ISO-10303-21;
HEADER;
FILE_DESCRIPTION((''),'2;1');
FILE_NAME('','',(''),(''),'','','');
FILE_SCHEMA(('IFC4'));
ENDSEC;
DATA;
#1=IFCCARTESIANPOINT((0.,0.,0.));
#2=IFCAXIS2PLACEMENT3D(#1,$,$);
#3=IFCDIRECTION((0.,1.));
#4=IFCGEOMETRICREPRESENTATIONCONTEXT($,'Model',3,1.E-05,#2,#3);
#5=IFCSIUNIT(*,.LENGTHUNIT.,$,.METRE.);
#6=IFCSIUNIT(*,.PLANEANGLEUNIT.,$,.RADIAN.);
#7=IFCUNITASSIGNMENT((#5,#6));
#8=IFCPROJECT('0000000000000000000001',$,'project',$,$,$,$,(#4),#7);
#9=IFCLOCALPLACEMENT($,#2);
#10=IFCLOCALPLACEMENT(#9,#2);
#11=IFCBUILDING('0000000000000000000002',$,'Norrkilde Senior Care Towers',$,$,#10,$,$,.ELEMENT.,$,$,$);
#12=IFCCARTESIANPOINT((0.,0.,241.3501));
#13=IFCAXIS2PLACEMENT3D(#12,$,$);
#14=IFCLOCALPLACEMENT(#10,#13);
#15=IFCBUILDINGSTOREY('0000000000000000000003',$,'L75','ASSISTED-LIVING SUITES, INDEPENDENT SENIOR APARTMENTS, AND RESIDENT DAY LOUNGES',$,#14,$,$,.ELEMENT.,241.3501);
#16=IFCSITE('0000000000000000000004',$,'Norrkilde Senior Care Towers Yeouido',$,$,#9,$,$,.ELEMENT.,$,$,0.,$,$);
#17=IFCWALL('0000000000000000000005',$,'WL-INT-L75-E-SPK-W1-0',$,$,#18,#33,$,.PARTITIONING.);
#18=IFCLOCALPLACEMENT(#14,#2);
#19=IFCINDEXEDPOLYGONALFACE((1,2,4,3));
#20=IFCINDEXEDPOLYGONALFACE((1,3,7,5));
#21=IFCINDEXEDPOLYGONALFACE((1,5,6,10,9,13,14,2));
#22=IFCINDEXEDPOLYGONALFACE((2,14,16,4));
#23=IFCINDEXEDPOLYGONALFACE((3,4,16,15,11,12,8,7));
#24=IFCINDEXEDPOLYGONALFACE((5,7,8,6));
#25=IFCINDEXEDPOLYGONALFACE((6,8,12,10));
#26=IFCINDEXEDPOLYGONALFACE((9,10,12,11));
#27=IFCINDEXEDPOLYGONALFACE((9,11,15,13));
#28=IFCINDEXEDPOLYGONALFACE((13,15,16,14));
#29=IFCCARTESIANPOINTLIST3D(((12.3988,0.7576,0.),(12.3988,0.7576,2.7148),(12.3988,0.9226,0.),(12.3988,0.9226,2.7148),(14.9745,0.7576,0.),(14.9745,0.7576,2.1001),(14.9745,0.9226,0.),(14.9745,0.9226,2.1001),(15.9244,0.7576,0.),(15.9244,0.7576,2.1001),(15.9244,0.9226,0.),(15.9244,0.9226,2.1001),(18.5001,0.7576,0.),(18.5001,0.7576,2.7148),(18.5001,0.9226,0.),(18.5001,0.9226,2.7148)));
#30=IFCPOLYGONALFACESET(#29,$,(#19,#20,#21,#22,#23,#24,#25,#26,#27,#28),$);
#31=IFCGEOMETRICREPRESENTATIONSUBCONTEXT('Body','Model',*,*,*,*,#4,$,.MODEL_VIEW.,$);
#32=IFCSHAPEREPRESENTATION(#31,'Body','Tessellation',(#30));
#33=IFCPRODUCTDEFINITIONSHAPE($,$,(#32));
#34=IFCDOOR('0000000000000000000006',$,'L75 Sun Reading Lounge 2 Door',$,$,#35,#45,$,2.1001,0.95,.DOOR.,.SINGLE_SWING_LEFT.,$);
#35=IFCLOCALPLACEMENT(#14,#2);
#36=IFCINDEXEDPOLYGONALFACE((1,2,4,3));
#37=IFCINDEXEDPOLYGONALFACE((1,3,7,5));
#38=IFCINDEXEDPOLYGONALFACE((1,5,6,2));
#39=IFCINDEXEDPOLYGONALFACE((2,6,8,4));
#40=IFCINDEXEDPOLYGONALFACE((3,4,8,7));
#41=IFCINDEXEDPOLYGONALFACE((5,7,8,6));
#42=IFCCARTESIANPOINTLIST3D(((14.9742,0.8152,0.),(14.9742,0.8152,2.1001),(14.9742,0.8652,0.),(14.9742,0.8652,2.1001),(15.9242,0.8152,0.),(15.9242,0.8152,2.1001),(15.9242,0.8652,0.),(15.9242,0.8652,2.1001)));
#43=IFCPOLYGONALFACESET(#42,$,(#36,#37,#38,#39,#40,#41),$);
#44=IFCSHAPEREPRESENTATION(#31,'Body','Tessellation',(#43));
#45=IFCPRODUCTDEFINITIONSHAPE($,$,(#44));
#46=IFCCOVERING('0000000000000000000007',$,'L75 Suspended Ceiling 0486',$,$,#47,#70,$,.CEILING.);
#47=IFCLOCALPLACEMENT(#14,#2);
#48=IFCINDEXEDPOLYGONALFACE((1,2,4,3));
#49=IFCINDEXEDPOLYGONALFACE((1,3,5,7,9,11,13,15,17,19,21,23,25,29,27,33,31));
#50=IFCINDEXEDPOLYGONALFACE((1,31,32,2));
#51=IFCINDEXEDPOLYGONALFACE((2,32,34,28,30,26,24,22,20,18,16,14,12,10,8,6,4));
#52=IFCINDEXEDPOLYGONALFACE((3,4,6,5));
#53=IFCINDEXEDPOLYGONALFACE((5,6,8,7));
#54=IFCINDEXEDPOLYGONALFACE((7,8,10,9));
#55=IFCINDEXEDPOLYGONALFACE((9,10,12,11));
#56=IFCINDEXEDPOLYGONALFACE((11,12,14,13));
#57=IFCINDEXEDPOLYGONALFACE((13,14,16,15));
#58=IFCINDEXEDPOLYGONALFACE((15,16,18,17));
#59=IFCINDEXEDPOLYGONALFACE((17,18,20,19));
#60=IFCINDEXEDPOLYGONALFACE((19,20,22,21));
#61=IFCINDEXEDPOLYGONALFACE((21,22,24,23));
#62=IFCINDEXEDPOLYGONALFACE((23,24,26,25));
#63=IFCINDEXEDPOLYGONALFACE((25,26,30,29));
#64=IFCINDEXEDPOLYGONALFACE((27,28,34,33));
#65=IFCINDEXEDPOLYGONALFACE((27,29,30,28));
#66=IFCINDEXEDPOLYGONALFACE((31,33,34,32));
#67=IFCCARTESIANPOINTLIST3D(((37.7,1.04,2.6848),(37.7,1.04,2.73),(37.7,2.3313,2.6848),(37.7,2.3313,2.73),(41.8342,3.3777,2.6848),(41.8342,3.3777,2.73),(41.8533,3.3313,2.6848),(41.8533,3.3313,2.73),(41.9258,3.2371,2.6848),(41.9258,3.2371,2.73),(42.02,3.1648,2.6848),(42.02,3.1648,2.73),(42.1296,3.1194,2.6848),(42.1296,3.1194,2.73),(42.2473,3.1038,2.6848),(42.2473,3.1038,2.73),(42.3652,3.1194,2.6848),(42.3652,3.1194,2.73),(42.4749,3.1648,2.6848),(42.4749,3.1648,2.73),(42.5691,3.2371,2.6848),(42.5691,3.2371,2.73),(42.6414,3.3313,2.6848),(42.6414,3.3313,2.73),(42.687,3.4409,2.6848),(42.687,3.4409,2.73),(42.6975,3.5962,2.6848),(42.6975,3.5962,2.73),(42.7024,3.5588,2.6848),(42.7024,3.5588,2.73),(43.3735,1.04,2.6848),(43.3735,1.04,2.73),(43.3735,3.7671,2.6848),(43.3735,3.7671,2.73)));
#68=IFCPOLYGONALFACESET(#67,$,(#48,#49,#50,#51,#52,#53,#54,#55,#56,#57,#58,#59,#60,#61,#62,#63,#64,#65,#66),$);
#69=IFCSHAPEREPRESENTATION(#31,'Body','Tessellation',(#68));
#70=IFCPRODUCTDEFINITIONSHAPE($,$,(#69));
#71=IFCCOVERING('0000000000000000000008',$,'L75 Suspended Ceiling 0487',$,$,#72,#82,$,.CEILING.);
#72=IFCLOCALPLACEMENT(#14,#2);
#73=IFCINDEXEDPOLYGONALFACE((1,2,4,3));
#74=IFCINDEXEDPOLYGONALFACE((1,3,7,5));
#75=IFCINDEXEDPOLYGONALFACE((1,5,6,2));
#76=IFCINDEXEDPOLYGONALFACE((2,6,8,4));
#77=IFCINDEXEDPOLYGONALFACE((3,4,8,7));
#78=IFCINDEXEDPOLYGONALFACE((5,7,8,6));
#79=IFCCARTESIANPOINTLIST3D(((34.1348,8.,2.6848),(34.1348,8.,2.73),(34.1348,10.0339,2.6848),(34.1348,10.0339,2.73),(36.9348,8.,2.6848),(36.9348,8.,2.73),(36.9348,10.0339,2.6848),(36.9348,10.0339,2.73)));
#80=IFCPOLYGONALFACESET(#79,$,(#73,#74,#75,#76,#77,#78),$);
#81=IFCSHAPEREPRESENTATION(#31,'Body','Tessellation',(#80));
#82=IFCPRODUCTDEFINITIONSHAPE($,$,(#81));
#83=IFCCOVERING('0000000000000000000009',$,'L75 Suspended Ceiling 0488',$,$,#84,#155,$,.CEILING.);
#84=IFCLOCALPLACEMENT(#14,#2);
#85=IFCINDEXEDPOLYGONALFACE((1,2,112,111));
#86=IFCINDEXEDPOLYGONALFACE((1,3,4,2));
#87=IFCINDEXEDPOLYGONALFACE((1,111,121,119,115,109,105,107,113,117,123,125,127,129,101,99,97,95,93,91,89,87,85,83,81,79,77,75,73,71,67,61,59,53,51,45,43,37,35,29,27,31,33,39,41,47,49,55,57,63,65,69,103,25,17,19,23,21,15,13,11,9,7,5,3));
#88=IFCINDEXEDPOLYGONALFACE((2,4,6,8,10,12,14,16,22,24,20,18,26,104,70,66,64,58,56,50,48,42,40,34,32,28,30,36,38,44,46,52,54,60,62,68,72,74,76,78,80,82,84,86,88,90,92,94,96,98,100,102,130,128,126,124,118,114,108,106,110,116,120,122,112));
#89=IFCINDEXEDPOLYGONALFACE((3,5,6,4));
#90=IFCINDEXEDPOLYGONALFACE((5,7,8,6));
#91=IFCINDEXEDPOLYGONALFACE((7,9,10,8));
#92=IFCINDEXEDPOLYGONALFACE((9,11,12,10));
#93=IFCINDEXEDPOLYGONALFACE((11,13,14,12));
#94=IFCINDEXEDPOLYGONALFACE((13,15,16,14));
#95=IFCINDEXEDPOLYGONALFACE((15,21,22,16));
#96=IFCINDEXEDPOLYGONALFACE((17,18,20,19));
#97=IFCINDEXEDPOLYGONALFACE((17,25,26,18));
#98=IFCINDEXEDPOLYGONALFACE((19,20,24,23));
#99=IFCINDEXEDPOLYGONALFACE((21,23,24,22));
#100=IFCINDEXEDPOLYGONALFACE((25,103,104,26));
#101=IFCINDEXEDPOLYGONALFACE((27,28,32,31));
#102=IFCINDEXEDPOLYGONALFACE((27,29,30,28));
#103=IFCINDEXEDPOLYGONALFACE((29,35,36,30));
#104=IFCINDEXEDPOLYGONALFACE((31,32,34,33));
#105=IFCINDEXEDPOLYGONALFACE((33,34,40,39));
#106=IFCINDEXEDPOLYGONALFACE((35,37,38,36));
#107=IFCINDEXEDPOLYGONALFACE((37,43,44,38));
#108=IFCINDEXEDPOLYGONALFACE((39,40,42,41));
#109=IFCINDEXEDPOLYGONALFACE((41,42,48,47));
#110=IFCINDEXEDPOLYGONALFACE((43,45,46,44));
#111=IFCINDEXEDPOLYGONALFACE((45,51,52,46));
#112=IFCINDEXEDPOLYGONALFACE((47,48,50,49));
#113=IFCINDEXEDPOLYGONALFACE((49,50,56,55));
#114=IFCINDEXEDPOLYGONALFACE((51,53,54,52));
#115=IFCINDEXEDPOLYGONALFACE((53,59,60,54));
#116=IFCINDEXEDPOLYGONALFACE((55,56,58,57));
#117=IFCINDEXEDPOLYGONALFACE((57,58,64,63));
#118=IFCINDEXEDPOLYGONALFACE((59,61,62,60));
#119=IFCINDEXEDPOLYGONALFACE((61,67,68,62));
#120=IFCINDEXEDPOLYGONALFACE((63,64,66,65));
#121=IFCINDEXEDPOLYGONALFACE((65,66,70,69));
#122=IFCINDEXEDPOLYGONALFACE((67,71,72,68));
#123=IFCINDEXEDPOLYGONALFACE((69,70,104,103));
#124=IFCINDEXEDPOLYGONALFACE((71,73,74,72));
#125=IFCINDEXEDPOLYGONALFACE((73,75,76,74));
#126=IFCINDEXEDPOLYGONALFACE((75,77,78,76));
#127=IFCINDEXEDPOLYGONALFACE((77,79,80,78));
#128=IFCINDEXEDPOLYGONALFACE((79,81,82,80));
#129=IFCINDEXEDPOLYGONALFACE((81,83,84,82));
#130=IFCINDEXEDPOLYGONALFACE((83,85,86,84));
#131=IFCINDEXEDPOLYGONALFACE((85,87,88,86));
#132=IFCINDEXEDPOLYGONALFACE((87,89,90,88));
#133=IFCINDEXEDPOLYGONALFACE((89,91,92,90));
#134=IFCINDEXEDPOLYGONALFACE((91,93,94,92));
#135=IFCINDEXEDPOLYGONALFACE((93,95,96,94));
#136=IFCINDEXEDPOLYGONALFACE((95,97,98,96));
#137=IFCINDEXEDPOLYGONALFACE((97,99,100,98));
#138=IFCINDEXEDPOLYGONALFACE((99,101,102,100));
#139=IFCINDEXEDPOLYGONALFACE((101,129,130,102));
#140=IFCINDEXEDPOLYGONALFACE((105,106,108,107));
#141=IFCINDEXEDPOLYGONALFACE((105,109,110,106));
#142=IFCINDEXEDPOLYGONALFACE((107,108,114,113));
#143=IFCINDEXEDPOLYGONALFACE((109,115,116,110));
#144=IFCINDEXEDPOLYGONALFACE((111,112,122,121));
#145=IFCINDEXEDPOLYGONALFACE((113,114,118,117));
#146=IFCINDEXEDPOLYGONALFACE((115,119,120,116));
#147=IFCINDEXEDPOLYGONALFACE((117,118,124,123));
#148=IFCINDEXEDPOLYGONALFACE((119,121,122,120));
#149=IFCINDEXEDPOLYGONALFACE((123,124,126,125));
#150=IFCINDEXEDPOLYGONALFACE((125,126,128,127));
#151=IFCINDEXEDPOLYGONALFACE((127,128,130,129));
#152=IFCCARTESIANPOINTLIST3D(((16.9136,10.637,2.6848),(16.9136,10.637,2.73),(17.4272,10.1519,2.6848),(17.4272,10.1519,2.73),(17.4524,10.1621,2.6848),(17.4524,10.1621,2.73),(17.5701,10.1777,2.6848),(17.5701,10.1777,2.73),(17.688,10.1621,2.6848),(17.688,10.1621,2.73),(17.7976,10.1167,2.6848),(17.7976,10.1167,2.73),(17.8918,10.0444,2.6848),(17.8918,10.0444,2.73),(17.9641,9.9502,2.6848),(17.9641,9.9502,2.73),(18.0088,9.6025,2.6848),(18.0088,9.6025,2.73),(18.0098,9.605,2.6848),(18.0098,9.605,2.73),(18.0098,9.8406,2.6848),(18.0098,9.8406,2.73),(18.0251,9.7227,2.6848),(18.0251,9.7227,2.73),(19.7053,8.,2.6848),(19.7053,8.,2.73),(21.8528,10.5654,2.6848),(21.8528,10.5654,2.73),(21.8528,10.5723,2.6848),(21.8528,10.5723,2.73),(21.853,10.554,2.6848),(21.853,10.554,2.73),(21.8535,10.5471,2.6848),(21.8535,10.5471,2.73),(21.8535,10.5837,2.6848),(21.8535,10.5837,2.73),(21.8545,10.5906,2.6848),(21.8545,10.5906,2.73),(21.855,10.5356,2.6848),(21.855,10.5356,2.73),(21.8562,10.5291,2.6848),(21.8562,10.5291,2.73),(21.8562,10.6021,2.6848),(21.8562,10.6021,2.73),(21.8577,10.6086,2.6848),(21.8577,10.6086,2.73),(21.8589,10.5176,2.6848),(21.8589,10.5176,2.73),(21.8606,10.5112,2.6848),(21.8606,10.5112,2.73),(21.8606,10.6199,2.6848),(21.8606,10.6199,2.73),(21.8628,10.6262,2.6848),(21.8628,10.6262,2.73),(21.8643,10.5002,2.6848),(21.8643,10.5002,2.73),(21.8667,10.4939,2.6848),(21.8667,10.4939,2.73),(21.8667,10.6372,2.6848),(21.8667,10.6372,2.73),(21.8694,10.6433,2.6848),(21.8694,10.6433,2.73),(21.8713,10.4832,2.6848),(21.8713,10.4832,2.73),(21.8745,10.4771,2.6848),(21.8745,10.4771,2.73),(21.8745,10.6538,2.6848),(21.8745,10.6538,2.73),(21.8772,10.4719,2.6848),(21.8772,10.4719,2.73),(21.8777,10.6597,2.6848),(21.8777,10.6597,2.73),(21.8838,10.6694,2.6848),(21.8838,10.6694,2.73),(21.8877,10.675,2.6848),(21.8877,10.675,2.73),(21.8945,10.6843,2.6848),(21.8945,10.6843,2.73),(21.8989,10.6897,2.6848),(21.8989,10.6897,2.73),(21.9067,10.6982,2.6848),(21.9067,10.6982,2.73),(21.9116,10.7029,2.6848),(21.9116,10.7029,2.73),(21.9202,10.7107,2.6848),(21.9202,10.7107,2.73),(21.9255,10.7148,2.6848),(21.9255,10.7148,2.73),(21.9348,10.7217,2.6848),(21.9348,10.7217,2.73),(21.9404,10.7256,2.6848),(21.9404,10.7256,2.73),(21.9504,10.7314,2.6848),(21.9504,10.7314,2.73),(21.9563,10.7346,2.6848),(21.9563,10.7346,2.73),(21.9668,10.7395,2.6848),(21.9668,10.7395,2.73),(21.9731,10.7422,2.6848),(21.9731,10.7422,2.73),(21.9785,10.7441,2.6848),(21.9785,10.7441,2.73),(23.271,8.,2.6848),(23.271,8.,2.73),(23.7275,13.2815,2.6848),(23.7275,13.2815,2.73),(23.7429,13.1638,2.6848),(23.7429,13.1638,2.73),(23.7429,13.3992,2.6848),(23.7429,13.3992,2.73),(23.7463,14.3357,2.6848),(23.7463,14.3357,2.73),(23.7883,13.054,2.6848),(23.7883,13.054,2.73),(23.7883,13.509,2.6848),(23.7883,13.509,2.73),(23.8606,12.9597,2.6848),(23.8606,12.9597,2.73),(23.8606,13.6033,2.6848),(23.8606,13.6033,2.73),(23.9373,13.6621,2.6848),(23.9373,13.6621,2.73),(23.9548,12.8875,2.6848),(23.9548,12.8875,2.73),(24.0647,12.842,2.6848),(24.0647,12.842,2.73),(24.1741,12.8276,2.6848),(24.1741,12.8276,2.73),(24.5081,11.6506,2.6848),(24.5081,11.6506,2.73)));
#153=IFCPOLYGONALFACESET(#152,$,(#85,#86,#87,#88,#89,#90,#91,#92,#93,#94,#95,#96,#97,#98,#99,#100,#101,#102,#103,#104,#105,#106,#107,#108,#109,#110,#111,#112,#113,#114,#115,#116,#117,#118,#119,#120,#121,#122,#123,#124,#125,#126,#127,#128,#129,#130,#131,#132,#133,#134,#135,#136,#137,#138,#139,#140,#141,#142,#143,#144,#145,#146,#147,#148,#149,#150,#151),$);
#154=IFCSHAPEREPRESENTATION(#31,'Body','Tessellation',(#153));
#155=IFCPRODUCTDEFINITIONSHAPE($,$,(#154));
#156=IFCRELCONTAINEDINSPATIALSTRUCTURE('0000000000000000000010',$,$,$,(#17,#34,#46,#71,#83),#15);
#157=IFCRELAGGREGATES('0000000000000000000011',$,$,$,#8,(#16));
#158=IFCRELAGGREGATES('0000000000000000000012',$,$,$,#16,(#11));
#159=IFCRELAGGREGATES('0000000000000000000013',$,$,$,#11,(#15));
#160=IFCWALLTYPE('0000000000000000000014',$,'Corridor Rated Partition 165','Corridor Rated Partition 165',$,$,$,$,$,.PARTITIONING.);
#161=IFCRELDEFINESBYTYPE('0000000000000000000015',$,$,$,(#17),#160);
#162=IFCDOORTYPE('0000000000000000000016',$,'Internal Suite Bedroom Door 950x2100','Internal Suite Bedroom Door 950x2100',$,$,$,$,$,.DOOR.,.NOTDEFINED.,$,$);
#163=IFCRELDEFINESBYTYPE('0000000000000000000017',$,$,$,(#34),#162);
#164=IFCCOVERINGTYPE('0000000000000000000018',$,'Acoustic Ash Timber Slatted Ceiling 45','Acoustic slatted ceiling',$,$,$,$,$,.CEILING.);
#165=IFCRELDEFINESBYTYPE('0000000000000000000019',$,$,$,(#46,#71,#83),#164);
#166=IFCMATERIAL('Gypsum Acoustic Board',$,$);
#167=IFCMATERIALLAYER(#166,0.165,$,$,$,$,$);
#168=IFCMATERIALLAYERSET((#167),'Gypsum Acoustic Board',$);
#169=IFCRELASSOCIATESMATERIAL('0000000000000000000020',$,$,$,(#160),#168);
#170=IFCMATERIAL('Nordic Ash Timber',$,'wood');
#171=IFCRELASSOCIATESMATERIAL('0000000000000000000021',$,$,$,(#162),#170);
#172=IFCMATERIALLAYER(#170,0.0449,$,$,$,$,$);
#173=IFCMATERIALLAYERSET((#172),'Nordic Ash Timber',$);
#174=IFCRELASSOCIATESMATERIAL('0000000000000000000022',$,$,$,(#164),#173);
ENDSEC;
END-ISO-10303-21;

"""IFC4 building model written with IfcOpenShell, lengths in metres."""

from ifc_helpers import new_model, si_unit, direction, frame, frame_2d, origin, place, context, subcontext, project, spatial, polyline, rectangle, outline, extrude, source, transform, mapped, material, layer, layer_set, type_object, type_shapes, element, fill, save


model = new_model("IFC4")

# Units and contexts
model_context = context("Model", 3, precision=1e-05, world=origin(), true_north=direction((0.0, 1.0)))
body_context = subcontext(model_context, "Body", "Model", "MODEL_VIEW")
ifc_project = project(units=[si_unit("LENGTHUNIT", "METRE"), si_unit("PLANEANGLEUNIT", "RADIAN")], contexts=[model_context])

# Site, building, storey
site_placement = place(None, origin())
site = spatial("IfcSite", under=ifc_project, at=site_placement, Name="Norrkilde Senior Care Towers Yeouido", CompositionType="ELEMENT", RefElevation=0.0)
building_placement = place(site_placement, origin())
building = spatial("IfcBuilding", under=site, at=building_placement, Name="Norrkilde Senior Care Towers", CompositionType="ELEMENT")
storey_placement = place(building_placement, frame((0.0, 0.0, 241.3501)))
storey = spatial("IfcBuildingStorey", under=building, at=storey_placement, Name="L75", Description="ASSISTED-LIVING SUITES, INDEPENDENT SENIOR APARTMENTS, AND RESIDENT DAY LOUNGES", CompositionType="ELEMENT", Elevation=241.3501)

# Wall, opening, door
ifc_material_1 = material(Name="Gypsum Acoustic Board")
ifc_layer_1 = layer(ifc_material_1, 0.165)
ifc_layer_set_1 = layer_set([ifc_layer_1], Name="Gypsum Acoustic Board")
wall_type = type_object("IfcWallType", Name="Corridor Rated Partition 165", Description="Corridor Rated Partition 165", PredefinedType="PARTITIONING", material=ifc_layer_set_1)
shared_shape_1 = source(origin(), body_context, "Body", "SweptSolid", [
    extrude(rectangle(XDim=6.1013, YDim=0.165, at=frame_2d((3.0508, 0.0))), origin(), (0.0, 0.0, 1.0), 2.7148),
])
type_shapes(wall_type, [shared_shape_1])
wall_placement = place(storey_placement, frame((12.3987, 0.8401, 0.0), z_axis=(0.0, 0.0, 1.0), x_axis=(1.0, 0.0, 0.0)))
wall = element("IfcWall", 1, at=wall_placement, inside=storey, type_object=wall_type, Name="WL-INT-L75-E-SPK-W1-0", PredefinedType="PARTITIONING", context=body_context, shape_type="MappedRepresentation", body=[
    mapped(shared_shape_1, transform((0.0, 0.0, 0.0), x_axis=(1.0, 0.0, 0.0), y_axis=(0.0, 1.0, 0.0), z_axis=(0.0, 0.0, 1.0), scale=1.0)),
])
opening_placement = place(wall_placement, frame((2.5757, 0.0, 0.0)))
opening = element("IfcOpeningElement", 2, at=opening_placement, cuts=wall, PredefinedType="OPENING", context=body_context, shape_type="SweptSolid", body=[
    extrude(rectangle(XDim=0.95, YDim=2.1001, at=frame_2d((0.4751, 1.05))), frame((0.0, 0.0925, 0.0), z_axis=(0.0, -1.0, 0.0), x_axis=(1.0, 0.0, 0.0)), (0.0, 0.0, 1.0), 0.1851),
])
ifc_material_2 = material(Name="Nordic Ash Timber", Category="wood")
door_type = type_object("IfcDoorType", Name="Internal Suite Bedroom Door 950x2100", Description="Internal Suite Bedroom Door 950x2100", OperationType="NOTDEFINED", PredefinedType="DOOR", material=ifc_material_2)
shared_shape_2 = source(origin(), body_context, "Body", "SweptSolid", [
    extrude(rectangle(XDim=0.95, YDim=2.1001, at=frame_2d((0.4751, 1.05))), frame((0.0, 0.0249, 0.0), z_axis=(0.0, -1.0, 0.0), x_axis=(1.0, 0.0, 0.0)), (0.0, 0.0, 1.0), 0.05),
])
type_shapes(door_type, [shared_shape_2])
door_placement = place(opening_placement, frame((0.95, 0.0, 0.0), z_axis=(0.0, 0.0, 1.0), x_axis=(-1.0, 0.0, 0.0)))
door = element("IfcDoor", 3, at=door_placement, inside=storey, type_object=door_type, Name="L75 Sun Reading Lounge 2 Door", OperationType="SINGLE_SWING_LEFT", OverallHeight=2.1001, OverallWidth=0.95, PredefinedType="DOOR", context=body_context, shape_type="MappedRepresentation", body=[
    mapped(shared_shape_2, transform((0.0, 0.0, 0.0), x_axis=(1.0, 0.0, 0.0), y_axis=(0.0, 1.0, 0.0), z_axis=(0.0, 0.0, 1.0), scale=1.0)),
])
fill(opening, door)

# Coverings
ifc_layer_2 = layer(ifc_material_2, 0.0449)
ifc_layer_set_2 = layer_set([ifc_layer_2], Name="Nordic Ash Timber")
covering_type_1 = type_object("IfcCoveringType", Name="Acoustic Ash Timber Slatted Ceiling 45", Description="Acoustic slatted ceiling", PredefinedType="CEILING", material=ifc_layer_set_2)
covering_1_placement = place(storey_placement, frame((0.0, 0.0, 2.6848)))
element("IfcCovering", 4, at=covering_1_placement, inside=storey, type_object=covering_type_1, Name="L75 Suspended Ceiling 0486", PredefinedType="CEILING", context=body_context, shape_type="SweptSolid", body=[
    extrude(outline(polyline([(43.3735, 1.04), (37.7, 1.04), (37.7, 2.3313), (41.8342, 3.3777), (41.8533, 3.3313), (41.9258, 3.2371), (42.02, 3.1648), (42.1296, 3.1194), (42.2473, 3.1038), (42.3652, 3.1194), (42.4749, 3.1648), (42.5691, 3.2371), (42.6414, 3.3313), (42.687, 3.4409), (42.7024, 3.5588), (42.6975, 3.5962), (43.3735, 3.7671), (43.3735, 1.04)])), origin(), (0.0, 0.0, 1.0), 0.0452),
])
covering_2_placement = place(storey_placement, frame((0.0, 0.0, 2.6848)))
element("IfcCovering", 5, at=covering_2_placement, inside=storey, type_object=covering_type_1, Name="L75 Suspended Ceiling 0487", PredefinedType="CEILING", context=body_context, shape_type="SweptSolid", body=[
    extrude(outline(polyline([(34.1348, 10.0339), (36.9348, 10.0339), (36.9348, 8.0), (34.1348, 8.0), (34.1348, 10.0339)])), origin(), (0.0, 0.0, 1.0), 0.0452),
])
covering_3_placement = place(storey_placement, frame((0.0, 0.0, 2.6848)))
element("IfcCovering", 6, at=covering_3_placement, inside=storey, type_object=covering_type_1, Name="L75 Suspended Ceiling 0488", PredefinedType="CEILING", context=body_context, shape_type="SweptSolid", body=[
    extrude(outline(polyline([(21.9404, 10.7256), (21.9348, 10.7217), (21.9255, 10.7148), (21.9202, 10.7107), (21.9116, 10.7029), (21.9067, 10.6982), (21.8989, 10.6897), (21.8945, 10.6843), (21.8877, 10.675), (21.8838, 10.6694), (21.8777, 10.6597), (21.8745, 10.6538), (21.8694, 10.6433), (21.8667, 10.6372), (21.8628, 10.6262), (21.8606, 10.6199), (21.8577, 10.6086), (21.8562, 10.6021), (21.8545, 10.5906), (21.8535, 10.5837), (21.8528, 10.5723), (21.8528, 10.5654), (21.853, 10.554), (21.8535, 10.5471), (21.855, 10.5356), (21.8562, 10.5291), (21.8589, 10.5176), (21.8606, 10.5112), (21.8643, 10.5002), (21.8667, 10.4939), (21.8713, 10.4832), (21.8745, 10.4771), (21.8772, 10.4719), (23.271, 8.0), (19.7053, 8.0), (18.0088, 9.6025), (18.0098, 9.605), (18.0251, 9.7227), (18.0098, 9.8406), (17.9641, 9.9502), (17.8918, 10.0444), (17.7976, 10.1167), (17.688, 10.1621), (17.5701, 10.1777), (17.4524, 10.1621), (17.4272, 10.1519), (16.9136, 10.637), (23.7463, 14.3357), (23.9373, 13.6621), (23.8606, 13.6033), (23.7883, 13.509), (23.7429, 13.3992), (23.7275, 13.2815), (23.7429, 13.1638), (23.7883, 13.054), (23.8606, 12.9597), (23.9548, 12.8875), (24.0647, 12.842), (24.1741, 12.8276), (24.5081, 11.6506), (21.9785, 10.7441), (21.9731, 10.7422), (21.9668, 10.7395), (21.9563, 10.7346), (21.9504, 10.7314), (21.9404, 10.7256)])), origin(), (0.0, 0.0, 1.0), 0.0452),
])

save(model, "model.ifc")
